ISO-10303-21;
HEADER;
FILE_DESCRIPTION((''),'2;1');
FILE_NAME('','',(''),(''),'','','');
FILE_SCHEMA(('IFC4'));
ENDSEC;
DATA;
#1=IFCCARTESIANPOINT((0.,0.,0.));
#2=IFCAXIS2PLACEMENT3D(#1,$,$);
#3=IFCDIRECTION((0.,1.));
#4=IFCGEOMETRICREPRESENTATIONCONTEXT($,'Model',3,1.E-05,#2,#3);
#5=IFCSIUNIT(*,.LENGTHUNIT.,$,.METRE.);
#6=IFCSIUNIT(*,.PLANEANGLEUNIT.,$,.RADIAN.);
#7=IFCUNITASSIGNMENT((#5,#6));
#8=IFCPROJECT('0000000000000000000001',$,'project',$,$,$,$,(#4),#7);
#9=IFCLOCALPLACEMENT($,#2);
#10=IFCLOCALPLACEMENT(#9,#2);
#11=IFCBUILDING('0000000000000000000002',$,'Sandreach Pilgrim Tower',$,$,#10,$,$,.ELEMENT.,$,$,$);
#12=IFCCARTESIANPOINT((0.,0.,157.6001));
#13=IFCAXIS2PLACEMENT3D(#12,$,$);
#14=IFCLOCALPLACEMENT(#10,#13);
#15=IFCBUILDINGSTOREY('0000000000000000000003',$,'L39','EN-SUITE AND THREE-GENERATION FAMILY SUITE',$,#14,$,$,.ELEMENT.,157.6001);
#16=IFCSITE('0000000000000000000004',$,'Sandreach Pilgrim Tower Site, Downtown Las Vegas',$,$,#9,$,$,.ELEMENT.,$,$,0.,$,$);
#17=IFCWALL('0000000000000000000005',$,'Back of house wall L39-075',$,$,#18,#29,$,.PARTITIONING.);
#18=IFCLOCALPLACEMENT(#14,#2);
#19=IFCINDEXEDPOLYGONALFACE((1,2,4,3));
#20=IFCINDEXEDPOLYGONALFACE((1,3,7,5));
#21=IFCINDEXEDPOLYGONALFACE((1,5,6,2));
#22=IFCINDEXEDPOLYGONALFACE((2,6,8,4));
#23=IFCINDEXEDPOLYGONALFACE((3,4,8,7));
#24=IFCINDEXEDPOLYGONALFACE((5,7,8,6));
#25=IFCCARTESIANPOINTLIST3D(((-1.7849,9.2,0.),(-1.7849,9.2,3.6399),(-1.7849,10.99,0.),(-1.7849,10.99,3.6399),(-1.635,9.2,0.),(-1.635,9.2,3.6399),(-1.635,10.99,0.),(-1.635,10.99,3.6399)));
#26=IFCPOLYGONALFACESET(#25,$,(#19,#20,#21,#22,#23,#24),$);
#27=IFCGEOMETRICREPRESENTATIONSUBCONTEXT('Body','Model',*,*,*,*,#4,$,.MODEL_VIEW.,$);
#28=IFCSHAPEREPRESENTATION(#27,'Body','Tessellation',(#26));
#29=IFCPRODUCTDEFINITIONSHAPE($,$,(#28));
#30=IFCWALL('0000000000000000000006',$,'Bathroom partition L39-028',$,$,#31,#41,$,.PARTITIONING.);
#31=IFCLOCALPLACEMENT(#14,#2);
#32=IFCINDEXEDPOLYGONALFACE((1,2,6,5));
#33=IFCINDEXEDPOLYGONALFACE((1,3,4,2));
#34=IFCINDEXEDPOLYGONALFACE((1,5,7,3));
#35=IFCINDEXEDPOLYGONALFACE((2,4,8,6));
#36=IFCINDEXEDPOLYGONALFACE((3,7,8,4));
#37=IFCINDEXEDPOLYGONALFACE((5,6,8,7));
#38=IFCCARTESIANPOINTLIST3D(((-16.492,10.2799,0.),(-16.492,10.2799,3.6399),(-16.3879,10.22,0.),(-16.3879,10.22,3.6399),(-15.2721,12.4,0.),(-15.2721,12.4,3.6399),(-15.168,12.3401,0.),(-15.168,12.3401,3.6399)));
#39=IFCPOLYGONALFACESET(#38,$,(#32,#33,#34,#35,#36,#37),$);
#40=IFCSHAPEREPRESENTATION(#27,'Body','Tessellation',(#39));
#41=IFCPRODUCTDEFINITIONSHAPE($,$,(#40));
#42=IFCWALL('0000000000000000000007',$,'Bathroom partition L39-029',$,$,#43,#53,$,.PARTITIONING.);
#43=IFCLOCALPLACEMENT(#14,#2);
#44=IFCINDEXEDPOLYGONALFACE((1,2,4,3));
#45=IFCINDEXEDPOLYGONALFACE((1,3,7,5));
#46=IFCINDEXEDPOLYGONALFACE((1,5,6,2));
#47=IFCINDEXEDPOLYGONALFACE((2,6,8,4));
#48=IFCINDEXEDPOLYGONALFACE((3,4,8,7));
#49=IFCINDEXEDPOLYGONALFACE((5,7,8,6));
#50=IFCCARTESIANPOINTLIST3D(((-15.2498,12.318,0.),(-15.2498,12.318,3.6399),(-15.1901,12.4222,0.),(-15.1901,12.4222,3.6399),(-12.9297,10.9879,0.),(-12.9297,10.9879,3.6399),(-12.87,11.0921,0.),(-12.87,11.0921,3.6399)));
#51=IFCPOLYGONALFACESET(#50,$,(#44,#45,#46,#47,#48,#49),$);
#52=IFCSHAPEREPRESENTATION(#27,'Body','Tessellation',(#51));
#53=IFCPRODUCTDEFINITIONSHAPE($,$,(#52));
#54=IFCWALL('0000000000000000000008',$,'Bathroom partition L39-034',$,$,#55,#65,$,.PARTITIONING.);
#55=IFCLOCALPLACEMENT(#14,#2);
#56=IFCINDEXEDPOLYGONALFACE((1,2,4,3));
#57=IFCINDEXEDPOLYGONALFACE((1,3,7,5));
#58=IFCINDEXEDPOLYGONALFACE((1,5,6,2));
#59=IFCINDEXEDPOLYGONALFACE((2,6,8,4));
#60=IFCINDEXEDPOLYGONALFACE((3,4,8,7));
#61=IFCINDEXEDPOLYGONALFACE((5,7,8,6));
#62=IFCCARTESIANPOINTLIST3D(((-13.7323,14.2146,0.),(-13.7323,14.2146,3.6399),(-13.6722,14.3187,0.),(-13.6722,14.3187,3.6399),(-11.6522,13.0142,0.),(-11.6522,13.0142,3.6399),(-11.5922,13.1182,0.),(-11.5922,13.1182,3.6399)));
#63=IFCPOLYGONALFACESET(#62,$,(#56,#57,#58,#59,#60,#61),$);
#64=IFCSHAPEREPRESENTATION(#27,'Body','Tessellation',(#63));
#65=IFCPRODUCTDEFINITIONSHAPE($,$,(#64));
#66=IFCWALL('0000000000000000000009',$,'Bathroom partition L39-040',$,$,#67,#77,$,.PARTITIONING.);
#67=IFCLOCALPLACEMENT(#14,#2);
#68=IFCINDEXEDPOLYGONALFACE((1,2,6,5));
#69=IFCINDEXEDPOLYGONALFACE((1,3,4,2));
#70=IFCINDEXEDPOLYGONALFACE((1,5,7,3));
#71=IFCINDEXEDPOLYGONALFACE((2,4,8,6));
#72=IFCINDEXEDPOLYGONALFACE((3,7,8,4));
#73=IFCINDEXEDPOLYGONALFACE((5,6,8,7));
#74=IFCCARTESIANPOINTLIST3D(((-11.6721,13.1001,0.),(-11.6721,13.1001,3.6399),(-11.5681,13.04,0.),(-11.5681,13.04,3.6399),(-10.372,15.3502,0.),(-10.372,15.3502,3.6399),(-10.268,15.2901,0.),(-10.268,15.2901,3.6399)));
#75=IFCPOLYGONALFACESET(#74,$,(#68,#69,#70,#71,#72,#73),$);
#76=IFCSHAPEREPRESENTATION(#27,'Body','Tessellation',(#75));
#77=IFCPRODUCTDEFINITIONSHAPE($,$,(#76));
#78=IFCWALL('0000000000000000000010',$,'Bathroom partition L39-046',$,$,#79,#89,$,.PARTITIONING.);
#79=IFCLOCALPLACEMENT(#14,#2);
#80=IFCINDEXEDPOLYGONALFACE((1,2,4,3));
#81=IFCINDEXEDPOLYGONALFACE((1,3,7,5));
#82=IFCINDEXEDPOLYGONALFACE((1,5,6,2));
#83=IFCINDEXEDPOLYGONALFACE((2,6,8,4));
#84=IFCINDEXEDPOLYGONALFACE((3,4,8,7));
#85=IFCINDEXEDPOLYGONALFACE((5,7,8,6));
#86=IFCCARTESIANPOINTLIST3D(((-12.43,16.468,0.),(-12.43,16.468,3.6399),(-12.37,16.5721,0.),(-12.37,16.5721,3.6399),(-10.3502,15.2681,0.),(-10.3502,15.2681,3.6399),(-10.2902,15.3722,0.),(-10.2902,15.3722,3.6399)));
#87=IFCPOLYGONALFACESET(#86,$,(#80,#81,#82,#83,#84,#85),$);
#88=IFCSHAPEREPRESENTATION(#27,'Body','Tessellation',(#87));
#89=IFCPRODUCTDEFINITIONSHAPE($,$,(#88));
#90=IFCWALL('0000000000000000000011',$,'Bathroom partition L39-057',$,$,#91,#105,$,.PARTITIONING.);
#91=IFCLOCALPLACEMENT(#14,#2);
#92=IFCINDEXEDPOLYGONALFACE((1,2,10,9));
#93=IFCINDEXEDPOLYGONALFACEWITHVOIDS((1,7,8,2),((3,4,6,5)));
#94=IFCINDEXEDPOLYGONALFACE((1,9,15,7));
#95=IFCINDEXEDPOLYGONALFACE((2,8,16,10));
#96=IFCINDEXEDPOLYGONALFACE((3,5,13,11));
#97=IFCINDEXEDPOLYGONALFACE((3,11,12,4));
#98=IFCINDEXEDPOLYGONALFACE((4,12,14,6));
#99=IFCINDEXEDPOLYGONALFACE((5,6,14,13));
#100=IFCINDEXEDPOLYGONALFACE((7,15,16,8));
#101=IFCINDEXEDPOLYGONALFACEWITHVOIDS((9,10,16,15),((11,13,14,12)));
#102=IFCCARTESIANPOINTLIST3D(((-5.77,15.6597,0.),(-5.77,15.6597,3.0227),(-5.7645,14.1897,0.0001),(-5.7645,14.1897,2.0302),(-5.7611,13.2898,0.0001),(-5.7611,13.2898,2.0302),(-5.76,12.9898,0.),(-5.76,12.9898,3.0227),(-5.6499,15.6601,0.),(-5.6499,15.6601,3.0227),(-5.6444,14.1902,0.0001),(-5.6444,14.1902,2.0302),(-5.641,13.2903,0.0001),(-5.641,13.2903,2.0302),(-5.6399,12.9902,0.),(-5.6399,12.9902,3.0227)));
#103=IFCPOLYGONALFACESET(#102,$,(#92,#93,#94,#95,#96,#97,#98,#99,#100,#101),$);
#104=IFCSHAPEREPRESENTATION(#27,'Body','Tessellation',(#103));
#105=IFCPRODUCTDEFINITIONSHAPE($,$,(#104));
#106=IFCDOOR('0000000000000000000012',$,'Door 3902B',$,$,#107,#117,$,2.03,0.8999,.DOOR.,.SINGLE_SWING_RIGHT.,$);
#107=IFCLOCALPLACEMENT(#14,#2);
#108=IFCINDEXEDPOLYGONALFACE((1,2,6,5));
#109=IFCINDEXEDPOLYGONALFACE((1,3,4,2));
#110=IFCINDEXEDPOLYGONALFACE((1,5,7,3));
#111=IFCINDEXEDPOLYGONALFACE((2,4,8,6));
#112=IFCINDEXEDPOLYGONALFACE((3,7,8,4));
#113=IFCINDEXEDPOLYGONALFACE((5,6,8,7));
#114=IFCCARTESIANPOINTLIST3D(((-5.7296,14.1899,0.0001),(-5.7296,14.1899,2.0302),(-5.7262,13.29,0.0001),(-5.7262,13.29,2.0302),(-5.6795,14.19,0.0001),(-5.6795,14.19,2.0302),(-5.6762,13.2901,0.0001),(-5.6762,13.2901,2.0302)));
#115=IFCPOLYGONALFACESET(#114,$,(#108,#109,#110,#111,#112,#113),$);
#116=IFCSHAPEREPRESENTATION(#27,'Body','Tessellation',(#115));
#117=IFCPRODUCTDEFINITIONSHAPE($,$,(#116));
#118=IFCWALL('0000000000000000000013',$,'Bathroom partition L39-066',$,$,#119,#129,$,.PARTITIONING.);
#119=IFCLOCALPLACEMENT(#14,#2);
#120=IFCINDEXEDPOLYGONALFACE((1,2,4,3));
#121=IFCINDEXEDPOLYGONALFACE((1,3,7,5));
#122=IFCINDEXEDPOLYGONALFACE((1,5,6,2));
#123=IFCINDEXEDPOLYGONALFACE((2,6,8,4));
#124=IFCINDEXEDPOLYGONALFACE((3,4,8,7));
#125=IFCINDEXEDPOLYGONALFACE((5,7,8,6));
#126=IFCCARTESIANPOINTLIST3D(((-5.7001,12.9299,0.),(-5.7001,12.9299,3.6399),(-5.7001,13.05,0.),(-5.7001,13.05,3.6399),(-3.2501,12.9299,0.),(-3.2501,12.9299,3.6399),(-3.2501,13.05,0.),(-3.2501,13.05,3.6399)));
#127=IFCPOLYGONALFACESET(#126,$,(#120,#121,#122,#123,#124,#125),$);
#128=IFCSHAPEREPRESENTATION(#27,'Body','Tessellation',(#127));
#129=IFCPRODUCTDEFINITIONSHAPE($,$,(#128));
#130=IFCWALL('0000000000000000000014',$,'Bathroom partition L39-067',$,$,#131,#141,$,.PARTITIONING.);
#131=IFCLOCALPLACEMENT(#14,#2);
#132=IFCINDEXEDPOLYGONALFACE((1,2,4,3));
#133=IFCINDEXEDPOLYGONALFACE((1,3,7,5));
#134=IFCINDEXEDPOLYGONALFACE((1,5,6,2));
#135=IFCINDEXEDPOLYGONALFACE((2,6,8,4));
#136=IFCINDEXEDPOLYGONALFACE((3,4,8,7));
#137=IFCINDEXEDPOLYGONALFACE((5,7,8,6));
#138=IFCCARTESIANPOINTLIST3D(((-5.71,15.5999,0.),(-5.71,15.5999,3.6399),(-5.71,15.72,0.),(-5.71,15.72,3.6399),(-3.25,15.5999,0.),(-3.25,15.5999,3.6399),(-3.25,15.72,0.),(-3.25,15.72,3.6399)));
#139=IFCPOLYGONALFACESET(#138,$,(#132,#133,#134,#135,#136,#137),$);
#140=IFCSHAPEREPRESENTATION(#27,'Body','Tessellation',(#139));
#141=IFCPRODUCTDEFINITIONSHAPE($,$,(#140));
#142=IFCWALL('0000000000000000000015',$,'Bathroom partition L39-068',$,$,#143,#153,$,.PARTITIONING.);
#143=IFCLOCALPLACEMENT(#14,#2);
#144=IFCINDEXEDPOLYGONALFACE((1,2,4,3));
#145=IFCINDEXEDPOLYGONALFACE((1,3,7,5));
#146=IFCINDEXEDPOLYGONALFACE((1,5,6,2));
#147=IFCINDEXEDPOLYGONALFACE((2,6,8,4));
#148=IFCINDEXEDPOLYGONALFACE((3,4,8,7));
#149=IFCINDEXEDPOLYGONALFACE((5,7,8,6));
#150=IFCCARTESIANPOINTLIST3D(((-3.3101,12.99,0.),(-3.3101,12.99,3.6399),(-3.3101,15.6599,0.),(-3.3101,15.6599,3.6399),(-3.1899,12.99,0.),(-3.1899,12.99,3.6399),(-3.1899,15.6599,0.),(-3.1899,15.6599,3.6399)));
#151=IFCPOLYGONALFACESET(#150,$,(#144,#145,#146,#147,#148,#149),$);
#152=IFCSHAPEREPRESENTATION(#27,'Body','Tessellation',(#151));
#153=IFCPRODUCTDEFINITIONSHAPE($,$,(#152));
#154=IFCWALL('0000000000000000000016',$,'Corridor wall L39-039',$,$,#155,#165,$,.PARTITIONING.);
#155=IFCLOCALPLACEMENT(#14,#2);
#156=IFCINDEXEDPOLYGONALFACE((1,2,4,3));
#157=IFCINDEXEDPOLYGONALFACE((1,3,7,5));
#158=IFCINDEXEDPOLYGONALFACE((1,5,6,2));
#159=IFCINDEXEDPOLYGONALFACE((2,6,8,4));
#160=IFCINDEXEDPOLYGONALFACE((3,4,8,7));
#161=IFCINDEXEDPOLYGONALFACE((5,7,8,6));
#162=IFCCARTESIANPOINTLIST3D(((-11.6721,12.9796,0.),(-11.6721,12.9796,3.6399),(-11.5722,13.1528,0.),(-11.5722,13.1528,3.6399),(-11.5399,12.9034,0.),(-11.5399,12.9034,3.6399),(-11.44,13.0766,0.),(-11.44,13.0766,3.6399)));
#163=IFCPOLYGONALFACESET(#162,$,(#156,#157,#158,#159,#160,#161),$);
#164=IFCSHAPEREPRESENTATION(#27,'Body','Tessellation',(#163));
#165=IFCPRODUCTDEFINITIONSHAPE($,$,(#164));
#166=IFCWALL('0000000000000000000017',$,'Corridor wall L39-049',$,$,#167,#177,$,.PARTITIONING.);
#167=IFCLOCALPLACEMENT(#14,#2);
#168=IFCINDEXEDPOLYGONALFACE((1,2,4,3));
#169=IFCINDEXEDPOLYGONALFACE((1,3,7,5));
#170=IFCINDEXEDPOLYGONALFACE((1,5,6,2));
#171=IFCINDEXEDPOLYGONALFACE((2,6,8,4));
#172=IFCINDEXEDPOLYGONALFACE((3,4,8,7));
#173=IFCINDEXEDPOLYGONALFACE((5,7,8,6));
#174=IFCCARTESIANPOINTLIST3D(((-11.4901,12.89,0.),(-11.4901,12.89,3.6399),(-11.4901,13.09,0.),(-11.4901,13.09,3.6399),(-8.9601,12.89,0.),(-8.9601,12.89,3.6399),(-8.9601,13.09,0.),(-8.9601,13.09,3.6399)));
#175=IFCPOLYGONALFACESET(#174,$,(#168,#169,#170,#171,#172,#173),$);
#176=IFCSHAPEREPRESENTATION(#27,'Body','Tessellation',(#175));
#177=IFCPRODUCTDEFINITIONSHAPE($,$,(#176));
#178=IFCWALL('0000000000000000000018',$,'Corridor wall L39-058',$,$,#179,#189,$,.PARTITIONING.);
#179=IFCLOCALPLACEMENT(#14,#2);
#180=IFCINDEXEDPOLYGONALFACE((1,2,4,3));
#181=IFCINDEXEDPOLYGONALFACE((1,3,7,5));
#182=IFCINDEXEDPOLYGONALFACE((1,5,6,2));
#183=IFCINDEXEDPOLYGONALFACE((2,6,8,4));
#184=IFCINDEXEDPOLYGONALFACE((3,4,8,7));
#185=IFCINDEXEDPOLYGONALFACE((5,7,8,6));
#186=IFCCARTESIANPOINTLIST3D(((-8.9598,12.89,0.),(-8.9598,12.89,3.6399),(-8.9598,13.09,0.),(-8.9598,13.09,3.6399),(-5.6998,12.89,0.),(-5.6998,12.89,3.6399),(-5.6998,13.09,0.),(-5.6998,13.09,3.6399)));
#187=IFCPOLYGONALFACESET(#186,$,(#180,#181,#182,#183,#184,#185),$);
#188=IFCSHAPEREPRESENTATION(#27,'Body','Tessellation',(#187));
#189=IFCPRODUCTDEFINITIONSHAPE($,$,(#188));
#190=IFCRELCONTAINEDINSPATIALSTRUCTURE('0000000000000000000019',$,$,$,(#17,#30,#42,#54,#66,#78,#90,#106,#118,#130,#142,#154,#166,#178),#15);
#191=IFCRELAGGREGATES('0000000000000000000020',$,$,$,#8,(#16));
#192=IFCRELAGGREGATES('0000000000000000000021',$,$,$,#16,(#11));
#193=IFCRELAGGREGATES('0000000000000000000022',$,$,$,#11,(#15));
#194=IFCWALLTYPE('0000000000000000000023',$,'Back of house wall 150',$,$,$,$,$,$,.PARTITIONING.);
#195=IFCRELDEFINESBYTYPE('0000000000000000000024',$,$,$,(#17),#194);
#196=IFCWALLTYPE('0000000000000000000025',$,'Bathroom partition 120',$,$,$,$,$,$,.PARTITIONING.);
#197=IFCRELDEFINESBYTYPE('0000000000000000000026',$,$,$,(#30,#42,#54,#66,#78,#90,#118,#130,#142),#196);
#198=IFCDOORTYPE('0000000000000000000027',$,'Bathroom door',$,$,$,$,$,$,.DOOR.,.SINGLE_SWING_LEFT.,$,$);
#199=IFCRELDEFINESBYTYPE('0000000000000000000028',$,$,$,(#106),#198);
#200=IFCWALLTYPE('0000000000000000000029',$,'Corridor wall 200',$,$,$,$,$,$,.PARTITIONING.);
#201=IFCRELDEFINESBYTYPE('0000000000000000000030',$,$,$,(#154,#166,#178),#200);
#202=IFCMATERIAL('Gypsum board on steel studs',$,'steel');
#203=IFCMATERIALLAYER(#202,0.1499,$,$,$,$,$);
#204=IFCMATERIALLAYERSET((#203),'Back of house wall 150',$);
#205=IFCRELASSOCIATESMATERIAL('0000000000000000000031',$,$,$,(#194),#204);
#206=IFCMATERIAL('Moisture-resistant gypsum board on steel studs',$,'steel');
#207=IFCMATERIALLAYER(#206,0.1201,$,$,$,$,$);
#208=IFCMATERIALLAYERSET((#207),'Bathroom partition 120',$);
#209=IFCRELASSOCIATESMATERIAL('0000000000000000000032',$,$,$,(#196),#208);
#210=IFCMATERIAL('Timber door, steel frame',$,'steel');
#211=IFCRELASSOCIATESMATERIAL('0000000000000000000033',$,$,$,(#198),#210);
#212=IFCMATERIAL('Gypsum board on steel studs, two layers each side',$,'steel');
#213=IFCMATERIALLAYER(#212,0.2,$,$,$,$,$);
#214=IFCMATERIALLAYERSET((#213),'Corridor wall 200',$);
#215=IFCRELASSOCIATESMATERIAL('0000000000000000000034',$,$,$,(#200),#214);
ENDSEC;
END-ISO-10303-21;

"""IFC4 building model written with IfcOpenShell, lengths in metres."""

from ifc_helpers import new_model, si_unit, direction, frame, frame_2d, origin, place, context, subcontext, project, spatial, rectangle, extrude, material, layer, layer_set, type_object, element, fill, save


model = new_model("IFC4")

# Units and contexts
model_context = context("Model", 3, precision=1e-05, world=origin(), true_north=direction((0.0, 1.0)))
body_context = subcontext(model_context, "Body", "Model", "MODEL_VIEW")
ifc_project = project(units=[si_unit("LENGTHUNIT", "METRE"), si_unit("PLANEANGLEUNIT", "RADIAN")], contexts=[model_context])

# Site, building, storey
site_placement = place(None, origin())
site = spatial("IfcSite", under=ifc_project, at=site_placement, Name="Sandreach Pilgrim Tower Site, Downtown Las Vegas", CompositionType="ELEMENT", RefElevation=0.0)
building_placement = place(site_placement, origin())
building = spatial("IfcBuilding", under=site, at=building_placement, Name="Sandreach Pilgrim Tower", CompositionType="ELEMENT")
storey_placement = place(building_placement, frame((0.0, 0.0, 157.6001)))
storey = spatial("IfcBuildingStorey", under=building, at=storey_placement, Name="L39", Description="EN-SUITE AND THREE-GENERATION FAMILY SUITE", CompositionType="ELEMENT", Elevation=157.6001)

# Walls
ifc_material_1 = material(Name="Gypsum board on steel studs", Category="steel")
ifc_layer_1 = layer(ifc_material_1, 0.1499)
ifc_layer_set_1 = layer_set([ifc_layer_1], Name="Back of house wall 150")
wall_type_1 = type_object("IfcWallType", Name="Back of house wall 150", PredefinedType="PARTITIONING", material=ifc_layer_set_1)
wall_1_placement = place(storey_placement, frame((-1.71, 10.99, 0.0), z_axis=(0.0, 0.0, 1.0), x_axis=(0.0, -1.0, 0.0)))
element("IfcWall", 1, at=wall_1_placement, inside=storey, type_object=wall_type_1, Name="Back of house wall L39-075", PredefinedType="PARTITIONING", context=body_context, shape_type="SweptSolid", body=[
    extrude(rectangle(XDim=1.79, YDim=0.1499, at=frame_2d((0.895, 0.0))), origin(), (0.0, 0.0, 1.0), 3.6399),
])
ifc_material_2 = material(Name="Moisture-resistant gypsum board on steel studs", Category="steel")
ifc_layer_2 = layer(ifc_material_2, 0.1201)
ifc_layer_set_2 = layer_set([ifc_layer_2], Name="Bathroom partition 120")
wall_type_2 = type_object("IfcWallType", Name="Bathroom partition 120", PredefinedType="PARTITIONING", material=ifc_layer_set_2)
wall_2_placement = place(storey_placement, frame((-15.22, 12.3701, 0.0), z_axis=(0.0, 0.0, 1.0), x_axis=(-0.498749, -0.866747, 0.0)))
element("IfcWall", 2, at=wall_2_placement, inside=storey, type_object=wall_type_2, Name="Bathroom partition L39-028", PredefinedType="PARTITIONING", context=body_context, shape_type="SweptSolid", body=[
    extrude(rectangle(XDim=2.446, YDim=0.1201, at=frame_2d((1.2231, 0.0))), origin(), (0.0, 0.0, 1.0), 3.6399),
])
wall_3_placement = place(storey_placement, frame((-15.22, 12.3701, 0.0), z_axis=(0.0, 0.0, 1.0), x_axis=(0.867546, -0.497358, 0.0)))
element("IfcWall", 3, at=wall_3_placement, inside=storey, type_object=wall_type_2, Name="Bathroom partition L39-029", PredefinedType="PARTITIONING", context=body_context, shape_type="SweptSolid", body=[
    extrude(rectangle(XDim=2.6743, YDim=0.1201, at=frame_2d((1.3372, 0.0))), origin(), (0.0, 0.0, 1.0), 3.6399),
])
wall_4_placement = place(storey_placement, frame((-13.7021, 14.2666, 0.0), z_axis=(0.0, 0.0, 1.0), x_axis=(0.866114, -0.499846, 0.0)))
element("IfcWall", 4, at=wall_4_placement, inside=storey, type_object=wall_type_2, Name="Bathroom partition L39-034", PredefinedType="PARTITIONING", context=body_context, shape_type="SweptSolid", body=[
    extrude(rectangle(XDim=2.4016, YDim=0.1201, at=frame_2d((1.2007, 0.0))), origin(), (0.0, 0.0, 1.0), 3.6399),
])
wall_5_placement = place(storey_placement, frame((-11.6201, 13.0701, 0.0), z_axis=(0.0, 0.0, 1.0), x_axis=(0.500292, 0.865857, 0.0)))
element("IfcWall", 5, at=wall_5_placement, inside=storey, type_object=wall_type_2, Name="Bathroom partition L39-040", PredefinedType="PARTITIONING", context=body_context, shape_type="SweptSolid", body=[
    extrude(rectangle(XDim=2.5986, YDim=0.1201, at=frame_2d((1.2993, 0.0))), origin(), (0.0, 0.0, 1.0), 3.6399),
])
wall_6_placement = place(storey_placement, frame((-10.3201, 15.3201, 0.0), z_axis=(0.0, 0.0, 1.0), x_axis=(-0.866177, 0.499737, 0.0)))
element("IfcWall", 6, at=wall_6_placement, inside=storey, type_object=wall_type_2, Name="Bathroom partition L39-046", PredefinedType="PARTITIONING", context=body_context, shape_type="SweptSolid", body=[
    extrude(rectangle(XDim=2.4011, YDim=0.1201, at=frame_2d((1.2007, 0.0))), origin(), (0.0, 0.0, 1.0), 3.6399),
])

# Wall, opening, door
wall_7_placement = place(storey_placement, frame((-5.71, 15.6599, 0.0), z_axis=(0.0, 0.0, 1.0), x_axis=(0.003749, -0.999993, 0.0)))
wall_7 = element("IfcWall", 7, at=wall_7_placement, inside=storey, type_object=wall_type_2, Name="Bathroom partition L39-057", PredefinedType="PARTITIONING", context=body_context, shape_type="SweptSolid", body=[
    extrude(rectangle(XDim=2.6699, YDim=0.1201, at=frame_2d((1.335, 0.0))), origin(), (0.0, 0.0, 1.0), 3.0227),
])
opening_1_placement = place(wall_7_placement, frame((1.47, 0.0, 0.0)))
opening_1 = element("IfcOpeningElement", 8, at=opening_1_placement, cuts=wall_7, PredefinedType="OPENING", context=body_context, shape_type="SweptSolid", body=[
    extrude(rectangle(XDim=0.8999, YDim=2.03, at=frame_2d((0.45, 1.0151))), frame((0.0, 0.0601, 0.0), z_axis=(0.0, -1.0, 0.0), x_axis=(1.0, 0.0, 0.0)), (0.0, 0.0, 1.0), 0.1201),
])
ifc_material_3 = material(Name="Timber door, steel frame", Category="steel")
door_type_1 = type_object("IfcDoorType", Name="Bathroom door", OperationType="SINGLE_SWING_LEFT", PredefinedType="DOOR", material=ifc_material_3)
door_1_placement = place(opening_1_placement, origin())
door_1 = element("IfcDoor", 9, at=door_1_placement, inside=storey, type_object=door_type_1, Name="Door 3902B", OperationType="SINGLE_SWING_RIGHT", OverallHeight=2.03, OverallWidth=0.8999, PredefinedType="DOOR", context=body_context, shape_type="SweptSolid", body=[
    extrude(rectangle(XDim=0.8999, YDim=2.03, at=frame_2d((0.45, 1.0151))), frame((0.0, 0.0249, 0.0), z_axis=(0.0, -1.0, 0.0), x_axis=(1.0, 0.0, 0.0)), (0.0, 0.0, 1.0), 0.05),
])
fill(opening_1, door_1)

# Walls
wall_8_placement = place(storey_placement, frame((-3.25, 12.99, 0.0), z_axis=(0.0, 0.0, 1.0), x_axis=(-1.0, 0.0, 0.0)))
element("IfcWall", 10, at=wall_8_placement, inside=storey, type_object=wall_type_2, Name="Bathroom partition L39-066", PredefinedType="PARTITIONING", context=body_context, shape_type="SweptSolid", body=[
    extrude(rectangle(XDim=2.45, YDim=0.1201, at=frame_2d((1.2251, 0.0))), origin(), (0.0, 0.0, 1.0), 3.6399),
])
wall_9_placement = place(storey_placement, frame((-3.25, 15.6599, 0.0), z_axis=(0.0, 0.0, 1.0), x_axis=(-1.0, 0.0, 0.0)))
element("IfcWall", 11, at=wall_9_placement, inside=storey, type_object=wall_type_2, Name="Bathroom partition L39-067", PredefinedType="PARTITIONING", context=body_context, shape_type="SweptSolid", body=[
    extrude(rectangle(XDim=2.46, YDim=0.1201, at=frame_2d((1.23, 0.0))), origin(), (0.0, 0.0, 1.0), 3.6399),
])
wall_10_placement = place(storey_placement, frame((-3.25, 15.6599, 0.0), z_axis=(0.0, 0.0, 1.0), x_axis=(0.0, -1.0, 0.0)))
element("IfcWall", 12, at=wall_10_placement, inside=storey, type_object=wall_type_2, Name="Bathroom partition L39-068", PredefinedType="PARTITIONING", context=body_context, shape_type="SweptSolid", body=[
    extrude(rectangle(XDim=2.6699, YDim=0.1201, at=frame_2d((1.335, 0.0))), origin(), (0.0, 0.0, 1.0), 3.6399),
])
ifc_material_4 = material(Name="Gypsum board on steel studs, two layers each side", Category="steel")
ifc_layer_3 = layer(ifc_material_4, 0.2)
ifc_layer_set_3 = layer_set([ifc_layer_3], Name="Corridor wall 200")
wall_type_3 = type_object("IfcWallType", Name="Corridor wall 200", PredefinedType="PARTITIONING", material=ifc_layer_set_3)
wall_11_placement = place(storey_placement, frame((-11.6221, 13.0662, 0.0), z_axis=(0.0, 0.0, 1.0), x_axis=(0.866266, -0.499584, 0.0)))
element("IfcWall", 13, at=wall_11_placement, inside=storey, type_object=wall_type_3, Name="Corridor wall L39-039", PredefinedType="PARTITIONING", context=body_context, shape_type="SweptSolid", body=[
    extrude(rectangle(XDim=0.1526, YDim=0.2, at=frame_2d((0.0762, 0.0))), origin(), (0.0, 0.0, 1.0), 3.6399),
])
wall_12_placement = place(storey_placement, frame((-8.96, 12.99, 0.0), z_axis=(0.0, 0.0, 1.0), x_axis=(-1.0, 0.0, 0.0)))
element("IfcWall", 14, at=wall_12_placement, inside=storey, type_object=wall_type_3, Name="Corridor wall L39-049", PredefinedType="PARTITIONING", context=body_context, shape_type="SweptSolid", body=[
    extrude(rectangle(XDim=2.53, YDim=0.2, at=frame_2d((1.2651, 0.0))), origin(), (0.0, 0.0, 1.0), 3.6399),
])

# Wall
wall_13_placement = place(storey_placement, frame((-5.7, 12.99, 0.0), z_axis=(0.0, 0.0, 1.0), x_axis=(-1.0, 0.0, 0.0)))
element("IfcWall", 15, at=wall_13_placement, inside=storey, type_object=wall_type_3, Name="Corridor wall L39-058", PredefinedType="PARTITIONING", context=body_context, shape_type="SweptSolid", body=[
    extrude(rectangle(XDim=3.26, YDim=0.2, at=frame_2d((1.6299, 0.0))), origin(), (0.0, 0.0, 1.0), 3.6399),
])

save(model, "model.ifc")
